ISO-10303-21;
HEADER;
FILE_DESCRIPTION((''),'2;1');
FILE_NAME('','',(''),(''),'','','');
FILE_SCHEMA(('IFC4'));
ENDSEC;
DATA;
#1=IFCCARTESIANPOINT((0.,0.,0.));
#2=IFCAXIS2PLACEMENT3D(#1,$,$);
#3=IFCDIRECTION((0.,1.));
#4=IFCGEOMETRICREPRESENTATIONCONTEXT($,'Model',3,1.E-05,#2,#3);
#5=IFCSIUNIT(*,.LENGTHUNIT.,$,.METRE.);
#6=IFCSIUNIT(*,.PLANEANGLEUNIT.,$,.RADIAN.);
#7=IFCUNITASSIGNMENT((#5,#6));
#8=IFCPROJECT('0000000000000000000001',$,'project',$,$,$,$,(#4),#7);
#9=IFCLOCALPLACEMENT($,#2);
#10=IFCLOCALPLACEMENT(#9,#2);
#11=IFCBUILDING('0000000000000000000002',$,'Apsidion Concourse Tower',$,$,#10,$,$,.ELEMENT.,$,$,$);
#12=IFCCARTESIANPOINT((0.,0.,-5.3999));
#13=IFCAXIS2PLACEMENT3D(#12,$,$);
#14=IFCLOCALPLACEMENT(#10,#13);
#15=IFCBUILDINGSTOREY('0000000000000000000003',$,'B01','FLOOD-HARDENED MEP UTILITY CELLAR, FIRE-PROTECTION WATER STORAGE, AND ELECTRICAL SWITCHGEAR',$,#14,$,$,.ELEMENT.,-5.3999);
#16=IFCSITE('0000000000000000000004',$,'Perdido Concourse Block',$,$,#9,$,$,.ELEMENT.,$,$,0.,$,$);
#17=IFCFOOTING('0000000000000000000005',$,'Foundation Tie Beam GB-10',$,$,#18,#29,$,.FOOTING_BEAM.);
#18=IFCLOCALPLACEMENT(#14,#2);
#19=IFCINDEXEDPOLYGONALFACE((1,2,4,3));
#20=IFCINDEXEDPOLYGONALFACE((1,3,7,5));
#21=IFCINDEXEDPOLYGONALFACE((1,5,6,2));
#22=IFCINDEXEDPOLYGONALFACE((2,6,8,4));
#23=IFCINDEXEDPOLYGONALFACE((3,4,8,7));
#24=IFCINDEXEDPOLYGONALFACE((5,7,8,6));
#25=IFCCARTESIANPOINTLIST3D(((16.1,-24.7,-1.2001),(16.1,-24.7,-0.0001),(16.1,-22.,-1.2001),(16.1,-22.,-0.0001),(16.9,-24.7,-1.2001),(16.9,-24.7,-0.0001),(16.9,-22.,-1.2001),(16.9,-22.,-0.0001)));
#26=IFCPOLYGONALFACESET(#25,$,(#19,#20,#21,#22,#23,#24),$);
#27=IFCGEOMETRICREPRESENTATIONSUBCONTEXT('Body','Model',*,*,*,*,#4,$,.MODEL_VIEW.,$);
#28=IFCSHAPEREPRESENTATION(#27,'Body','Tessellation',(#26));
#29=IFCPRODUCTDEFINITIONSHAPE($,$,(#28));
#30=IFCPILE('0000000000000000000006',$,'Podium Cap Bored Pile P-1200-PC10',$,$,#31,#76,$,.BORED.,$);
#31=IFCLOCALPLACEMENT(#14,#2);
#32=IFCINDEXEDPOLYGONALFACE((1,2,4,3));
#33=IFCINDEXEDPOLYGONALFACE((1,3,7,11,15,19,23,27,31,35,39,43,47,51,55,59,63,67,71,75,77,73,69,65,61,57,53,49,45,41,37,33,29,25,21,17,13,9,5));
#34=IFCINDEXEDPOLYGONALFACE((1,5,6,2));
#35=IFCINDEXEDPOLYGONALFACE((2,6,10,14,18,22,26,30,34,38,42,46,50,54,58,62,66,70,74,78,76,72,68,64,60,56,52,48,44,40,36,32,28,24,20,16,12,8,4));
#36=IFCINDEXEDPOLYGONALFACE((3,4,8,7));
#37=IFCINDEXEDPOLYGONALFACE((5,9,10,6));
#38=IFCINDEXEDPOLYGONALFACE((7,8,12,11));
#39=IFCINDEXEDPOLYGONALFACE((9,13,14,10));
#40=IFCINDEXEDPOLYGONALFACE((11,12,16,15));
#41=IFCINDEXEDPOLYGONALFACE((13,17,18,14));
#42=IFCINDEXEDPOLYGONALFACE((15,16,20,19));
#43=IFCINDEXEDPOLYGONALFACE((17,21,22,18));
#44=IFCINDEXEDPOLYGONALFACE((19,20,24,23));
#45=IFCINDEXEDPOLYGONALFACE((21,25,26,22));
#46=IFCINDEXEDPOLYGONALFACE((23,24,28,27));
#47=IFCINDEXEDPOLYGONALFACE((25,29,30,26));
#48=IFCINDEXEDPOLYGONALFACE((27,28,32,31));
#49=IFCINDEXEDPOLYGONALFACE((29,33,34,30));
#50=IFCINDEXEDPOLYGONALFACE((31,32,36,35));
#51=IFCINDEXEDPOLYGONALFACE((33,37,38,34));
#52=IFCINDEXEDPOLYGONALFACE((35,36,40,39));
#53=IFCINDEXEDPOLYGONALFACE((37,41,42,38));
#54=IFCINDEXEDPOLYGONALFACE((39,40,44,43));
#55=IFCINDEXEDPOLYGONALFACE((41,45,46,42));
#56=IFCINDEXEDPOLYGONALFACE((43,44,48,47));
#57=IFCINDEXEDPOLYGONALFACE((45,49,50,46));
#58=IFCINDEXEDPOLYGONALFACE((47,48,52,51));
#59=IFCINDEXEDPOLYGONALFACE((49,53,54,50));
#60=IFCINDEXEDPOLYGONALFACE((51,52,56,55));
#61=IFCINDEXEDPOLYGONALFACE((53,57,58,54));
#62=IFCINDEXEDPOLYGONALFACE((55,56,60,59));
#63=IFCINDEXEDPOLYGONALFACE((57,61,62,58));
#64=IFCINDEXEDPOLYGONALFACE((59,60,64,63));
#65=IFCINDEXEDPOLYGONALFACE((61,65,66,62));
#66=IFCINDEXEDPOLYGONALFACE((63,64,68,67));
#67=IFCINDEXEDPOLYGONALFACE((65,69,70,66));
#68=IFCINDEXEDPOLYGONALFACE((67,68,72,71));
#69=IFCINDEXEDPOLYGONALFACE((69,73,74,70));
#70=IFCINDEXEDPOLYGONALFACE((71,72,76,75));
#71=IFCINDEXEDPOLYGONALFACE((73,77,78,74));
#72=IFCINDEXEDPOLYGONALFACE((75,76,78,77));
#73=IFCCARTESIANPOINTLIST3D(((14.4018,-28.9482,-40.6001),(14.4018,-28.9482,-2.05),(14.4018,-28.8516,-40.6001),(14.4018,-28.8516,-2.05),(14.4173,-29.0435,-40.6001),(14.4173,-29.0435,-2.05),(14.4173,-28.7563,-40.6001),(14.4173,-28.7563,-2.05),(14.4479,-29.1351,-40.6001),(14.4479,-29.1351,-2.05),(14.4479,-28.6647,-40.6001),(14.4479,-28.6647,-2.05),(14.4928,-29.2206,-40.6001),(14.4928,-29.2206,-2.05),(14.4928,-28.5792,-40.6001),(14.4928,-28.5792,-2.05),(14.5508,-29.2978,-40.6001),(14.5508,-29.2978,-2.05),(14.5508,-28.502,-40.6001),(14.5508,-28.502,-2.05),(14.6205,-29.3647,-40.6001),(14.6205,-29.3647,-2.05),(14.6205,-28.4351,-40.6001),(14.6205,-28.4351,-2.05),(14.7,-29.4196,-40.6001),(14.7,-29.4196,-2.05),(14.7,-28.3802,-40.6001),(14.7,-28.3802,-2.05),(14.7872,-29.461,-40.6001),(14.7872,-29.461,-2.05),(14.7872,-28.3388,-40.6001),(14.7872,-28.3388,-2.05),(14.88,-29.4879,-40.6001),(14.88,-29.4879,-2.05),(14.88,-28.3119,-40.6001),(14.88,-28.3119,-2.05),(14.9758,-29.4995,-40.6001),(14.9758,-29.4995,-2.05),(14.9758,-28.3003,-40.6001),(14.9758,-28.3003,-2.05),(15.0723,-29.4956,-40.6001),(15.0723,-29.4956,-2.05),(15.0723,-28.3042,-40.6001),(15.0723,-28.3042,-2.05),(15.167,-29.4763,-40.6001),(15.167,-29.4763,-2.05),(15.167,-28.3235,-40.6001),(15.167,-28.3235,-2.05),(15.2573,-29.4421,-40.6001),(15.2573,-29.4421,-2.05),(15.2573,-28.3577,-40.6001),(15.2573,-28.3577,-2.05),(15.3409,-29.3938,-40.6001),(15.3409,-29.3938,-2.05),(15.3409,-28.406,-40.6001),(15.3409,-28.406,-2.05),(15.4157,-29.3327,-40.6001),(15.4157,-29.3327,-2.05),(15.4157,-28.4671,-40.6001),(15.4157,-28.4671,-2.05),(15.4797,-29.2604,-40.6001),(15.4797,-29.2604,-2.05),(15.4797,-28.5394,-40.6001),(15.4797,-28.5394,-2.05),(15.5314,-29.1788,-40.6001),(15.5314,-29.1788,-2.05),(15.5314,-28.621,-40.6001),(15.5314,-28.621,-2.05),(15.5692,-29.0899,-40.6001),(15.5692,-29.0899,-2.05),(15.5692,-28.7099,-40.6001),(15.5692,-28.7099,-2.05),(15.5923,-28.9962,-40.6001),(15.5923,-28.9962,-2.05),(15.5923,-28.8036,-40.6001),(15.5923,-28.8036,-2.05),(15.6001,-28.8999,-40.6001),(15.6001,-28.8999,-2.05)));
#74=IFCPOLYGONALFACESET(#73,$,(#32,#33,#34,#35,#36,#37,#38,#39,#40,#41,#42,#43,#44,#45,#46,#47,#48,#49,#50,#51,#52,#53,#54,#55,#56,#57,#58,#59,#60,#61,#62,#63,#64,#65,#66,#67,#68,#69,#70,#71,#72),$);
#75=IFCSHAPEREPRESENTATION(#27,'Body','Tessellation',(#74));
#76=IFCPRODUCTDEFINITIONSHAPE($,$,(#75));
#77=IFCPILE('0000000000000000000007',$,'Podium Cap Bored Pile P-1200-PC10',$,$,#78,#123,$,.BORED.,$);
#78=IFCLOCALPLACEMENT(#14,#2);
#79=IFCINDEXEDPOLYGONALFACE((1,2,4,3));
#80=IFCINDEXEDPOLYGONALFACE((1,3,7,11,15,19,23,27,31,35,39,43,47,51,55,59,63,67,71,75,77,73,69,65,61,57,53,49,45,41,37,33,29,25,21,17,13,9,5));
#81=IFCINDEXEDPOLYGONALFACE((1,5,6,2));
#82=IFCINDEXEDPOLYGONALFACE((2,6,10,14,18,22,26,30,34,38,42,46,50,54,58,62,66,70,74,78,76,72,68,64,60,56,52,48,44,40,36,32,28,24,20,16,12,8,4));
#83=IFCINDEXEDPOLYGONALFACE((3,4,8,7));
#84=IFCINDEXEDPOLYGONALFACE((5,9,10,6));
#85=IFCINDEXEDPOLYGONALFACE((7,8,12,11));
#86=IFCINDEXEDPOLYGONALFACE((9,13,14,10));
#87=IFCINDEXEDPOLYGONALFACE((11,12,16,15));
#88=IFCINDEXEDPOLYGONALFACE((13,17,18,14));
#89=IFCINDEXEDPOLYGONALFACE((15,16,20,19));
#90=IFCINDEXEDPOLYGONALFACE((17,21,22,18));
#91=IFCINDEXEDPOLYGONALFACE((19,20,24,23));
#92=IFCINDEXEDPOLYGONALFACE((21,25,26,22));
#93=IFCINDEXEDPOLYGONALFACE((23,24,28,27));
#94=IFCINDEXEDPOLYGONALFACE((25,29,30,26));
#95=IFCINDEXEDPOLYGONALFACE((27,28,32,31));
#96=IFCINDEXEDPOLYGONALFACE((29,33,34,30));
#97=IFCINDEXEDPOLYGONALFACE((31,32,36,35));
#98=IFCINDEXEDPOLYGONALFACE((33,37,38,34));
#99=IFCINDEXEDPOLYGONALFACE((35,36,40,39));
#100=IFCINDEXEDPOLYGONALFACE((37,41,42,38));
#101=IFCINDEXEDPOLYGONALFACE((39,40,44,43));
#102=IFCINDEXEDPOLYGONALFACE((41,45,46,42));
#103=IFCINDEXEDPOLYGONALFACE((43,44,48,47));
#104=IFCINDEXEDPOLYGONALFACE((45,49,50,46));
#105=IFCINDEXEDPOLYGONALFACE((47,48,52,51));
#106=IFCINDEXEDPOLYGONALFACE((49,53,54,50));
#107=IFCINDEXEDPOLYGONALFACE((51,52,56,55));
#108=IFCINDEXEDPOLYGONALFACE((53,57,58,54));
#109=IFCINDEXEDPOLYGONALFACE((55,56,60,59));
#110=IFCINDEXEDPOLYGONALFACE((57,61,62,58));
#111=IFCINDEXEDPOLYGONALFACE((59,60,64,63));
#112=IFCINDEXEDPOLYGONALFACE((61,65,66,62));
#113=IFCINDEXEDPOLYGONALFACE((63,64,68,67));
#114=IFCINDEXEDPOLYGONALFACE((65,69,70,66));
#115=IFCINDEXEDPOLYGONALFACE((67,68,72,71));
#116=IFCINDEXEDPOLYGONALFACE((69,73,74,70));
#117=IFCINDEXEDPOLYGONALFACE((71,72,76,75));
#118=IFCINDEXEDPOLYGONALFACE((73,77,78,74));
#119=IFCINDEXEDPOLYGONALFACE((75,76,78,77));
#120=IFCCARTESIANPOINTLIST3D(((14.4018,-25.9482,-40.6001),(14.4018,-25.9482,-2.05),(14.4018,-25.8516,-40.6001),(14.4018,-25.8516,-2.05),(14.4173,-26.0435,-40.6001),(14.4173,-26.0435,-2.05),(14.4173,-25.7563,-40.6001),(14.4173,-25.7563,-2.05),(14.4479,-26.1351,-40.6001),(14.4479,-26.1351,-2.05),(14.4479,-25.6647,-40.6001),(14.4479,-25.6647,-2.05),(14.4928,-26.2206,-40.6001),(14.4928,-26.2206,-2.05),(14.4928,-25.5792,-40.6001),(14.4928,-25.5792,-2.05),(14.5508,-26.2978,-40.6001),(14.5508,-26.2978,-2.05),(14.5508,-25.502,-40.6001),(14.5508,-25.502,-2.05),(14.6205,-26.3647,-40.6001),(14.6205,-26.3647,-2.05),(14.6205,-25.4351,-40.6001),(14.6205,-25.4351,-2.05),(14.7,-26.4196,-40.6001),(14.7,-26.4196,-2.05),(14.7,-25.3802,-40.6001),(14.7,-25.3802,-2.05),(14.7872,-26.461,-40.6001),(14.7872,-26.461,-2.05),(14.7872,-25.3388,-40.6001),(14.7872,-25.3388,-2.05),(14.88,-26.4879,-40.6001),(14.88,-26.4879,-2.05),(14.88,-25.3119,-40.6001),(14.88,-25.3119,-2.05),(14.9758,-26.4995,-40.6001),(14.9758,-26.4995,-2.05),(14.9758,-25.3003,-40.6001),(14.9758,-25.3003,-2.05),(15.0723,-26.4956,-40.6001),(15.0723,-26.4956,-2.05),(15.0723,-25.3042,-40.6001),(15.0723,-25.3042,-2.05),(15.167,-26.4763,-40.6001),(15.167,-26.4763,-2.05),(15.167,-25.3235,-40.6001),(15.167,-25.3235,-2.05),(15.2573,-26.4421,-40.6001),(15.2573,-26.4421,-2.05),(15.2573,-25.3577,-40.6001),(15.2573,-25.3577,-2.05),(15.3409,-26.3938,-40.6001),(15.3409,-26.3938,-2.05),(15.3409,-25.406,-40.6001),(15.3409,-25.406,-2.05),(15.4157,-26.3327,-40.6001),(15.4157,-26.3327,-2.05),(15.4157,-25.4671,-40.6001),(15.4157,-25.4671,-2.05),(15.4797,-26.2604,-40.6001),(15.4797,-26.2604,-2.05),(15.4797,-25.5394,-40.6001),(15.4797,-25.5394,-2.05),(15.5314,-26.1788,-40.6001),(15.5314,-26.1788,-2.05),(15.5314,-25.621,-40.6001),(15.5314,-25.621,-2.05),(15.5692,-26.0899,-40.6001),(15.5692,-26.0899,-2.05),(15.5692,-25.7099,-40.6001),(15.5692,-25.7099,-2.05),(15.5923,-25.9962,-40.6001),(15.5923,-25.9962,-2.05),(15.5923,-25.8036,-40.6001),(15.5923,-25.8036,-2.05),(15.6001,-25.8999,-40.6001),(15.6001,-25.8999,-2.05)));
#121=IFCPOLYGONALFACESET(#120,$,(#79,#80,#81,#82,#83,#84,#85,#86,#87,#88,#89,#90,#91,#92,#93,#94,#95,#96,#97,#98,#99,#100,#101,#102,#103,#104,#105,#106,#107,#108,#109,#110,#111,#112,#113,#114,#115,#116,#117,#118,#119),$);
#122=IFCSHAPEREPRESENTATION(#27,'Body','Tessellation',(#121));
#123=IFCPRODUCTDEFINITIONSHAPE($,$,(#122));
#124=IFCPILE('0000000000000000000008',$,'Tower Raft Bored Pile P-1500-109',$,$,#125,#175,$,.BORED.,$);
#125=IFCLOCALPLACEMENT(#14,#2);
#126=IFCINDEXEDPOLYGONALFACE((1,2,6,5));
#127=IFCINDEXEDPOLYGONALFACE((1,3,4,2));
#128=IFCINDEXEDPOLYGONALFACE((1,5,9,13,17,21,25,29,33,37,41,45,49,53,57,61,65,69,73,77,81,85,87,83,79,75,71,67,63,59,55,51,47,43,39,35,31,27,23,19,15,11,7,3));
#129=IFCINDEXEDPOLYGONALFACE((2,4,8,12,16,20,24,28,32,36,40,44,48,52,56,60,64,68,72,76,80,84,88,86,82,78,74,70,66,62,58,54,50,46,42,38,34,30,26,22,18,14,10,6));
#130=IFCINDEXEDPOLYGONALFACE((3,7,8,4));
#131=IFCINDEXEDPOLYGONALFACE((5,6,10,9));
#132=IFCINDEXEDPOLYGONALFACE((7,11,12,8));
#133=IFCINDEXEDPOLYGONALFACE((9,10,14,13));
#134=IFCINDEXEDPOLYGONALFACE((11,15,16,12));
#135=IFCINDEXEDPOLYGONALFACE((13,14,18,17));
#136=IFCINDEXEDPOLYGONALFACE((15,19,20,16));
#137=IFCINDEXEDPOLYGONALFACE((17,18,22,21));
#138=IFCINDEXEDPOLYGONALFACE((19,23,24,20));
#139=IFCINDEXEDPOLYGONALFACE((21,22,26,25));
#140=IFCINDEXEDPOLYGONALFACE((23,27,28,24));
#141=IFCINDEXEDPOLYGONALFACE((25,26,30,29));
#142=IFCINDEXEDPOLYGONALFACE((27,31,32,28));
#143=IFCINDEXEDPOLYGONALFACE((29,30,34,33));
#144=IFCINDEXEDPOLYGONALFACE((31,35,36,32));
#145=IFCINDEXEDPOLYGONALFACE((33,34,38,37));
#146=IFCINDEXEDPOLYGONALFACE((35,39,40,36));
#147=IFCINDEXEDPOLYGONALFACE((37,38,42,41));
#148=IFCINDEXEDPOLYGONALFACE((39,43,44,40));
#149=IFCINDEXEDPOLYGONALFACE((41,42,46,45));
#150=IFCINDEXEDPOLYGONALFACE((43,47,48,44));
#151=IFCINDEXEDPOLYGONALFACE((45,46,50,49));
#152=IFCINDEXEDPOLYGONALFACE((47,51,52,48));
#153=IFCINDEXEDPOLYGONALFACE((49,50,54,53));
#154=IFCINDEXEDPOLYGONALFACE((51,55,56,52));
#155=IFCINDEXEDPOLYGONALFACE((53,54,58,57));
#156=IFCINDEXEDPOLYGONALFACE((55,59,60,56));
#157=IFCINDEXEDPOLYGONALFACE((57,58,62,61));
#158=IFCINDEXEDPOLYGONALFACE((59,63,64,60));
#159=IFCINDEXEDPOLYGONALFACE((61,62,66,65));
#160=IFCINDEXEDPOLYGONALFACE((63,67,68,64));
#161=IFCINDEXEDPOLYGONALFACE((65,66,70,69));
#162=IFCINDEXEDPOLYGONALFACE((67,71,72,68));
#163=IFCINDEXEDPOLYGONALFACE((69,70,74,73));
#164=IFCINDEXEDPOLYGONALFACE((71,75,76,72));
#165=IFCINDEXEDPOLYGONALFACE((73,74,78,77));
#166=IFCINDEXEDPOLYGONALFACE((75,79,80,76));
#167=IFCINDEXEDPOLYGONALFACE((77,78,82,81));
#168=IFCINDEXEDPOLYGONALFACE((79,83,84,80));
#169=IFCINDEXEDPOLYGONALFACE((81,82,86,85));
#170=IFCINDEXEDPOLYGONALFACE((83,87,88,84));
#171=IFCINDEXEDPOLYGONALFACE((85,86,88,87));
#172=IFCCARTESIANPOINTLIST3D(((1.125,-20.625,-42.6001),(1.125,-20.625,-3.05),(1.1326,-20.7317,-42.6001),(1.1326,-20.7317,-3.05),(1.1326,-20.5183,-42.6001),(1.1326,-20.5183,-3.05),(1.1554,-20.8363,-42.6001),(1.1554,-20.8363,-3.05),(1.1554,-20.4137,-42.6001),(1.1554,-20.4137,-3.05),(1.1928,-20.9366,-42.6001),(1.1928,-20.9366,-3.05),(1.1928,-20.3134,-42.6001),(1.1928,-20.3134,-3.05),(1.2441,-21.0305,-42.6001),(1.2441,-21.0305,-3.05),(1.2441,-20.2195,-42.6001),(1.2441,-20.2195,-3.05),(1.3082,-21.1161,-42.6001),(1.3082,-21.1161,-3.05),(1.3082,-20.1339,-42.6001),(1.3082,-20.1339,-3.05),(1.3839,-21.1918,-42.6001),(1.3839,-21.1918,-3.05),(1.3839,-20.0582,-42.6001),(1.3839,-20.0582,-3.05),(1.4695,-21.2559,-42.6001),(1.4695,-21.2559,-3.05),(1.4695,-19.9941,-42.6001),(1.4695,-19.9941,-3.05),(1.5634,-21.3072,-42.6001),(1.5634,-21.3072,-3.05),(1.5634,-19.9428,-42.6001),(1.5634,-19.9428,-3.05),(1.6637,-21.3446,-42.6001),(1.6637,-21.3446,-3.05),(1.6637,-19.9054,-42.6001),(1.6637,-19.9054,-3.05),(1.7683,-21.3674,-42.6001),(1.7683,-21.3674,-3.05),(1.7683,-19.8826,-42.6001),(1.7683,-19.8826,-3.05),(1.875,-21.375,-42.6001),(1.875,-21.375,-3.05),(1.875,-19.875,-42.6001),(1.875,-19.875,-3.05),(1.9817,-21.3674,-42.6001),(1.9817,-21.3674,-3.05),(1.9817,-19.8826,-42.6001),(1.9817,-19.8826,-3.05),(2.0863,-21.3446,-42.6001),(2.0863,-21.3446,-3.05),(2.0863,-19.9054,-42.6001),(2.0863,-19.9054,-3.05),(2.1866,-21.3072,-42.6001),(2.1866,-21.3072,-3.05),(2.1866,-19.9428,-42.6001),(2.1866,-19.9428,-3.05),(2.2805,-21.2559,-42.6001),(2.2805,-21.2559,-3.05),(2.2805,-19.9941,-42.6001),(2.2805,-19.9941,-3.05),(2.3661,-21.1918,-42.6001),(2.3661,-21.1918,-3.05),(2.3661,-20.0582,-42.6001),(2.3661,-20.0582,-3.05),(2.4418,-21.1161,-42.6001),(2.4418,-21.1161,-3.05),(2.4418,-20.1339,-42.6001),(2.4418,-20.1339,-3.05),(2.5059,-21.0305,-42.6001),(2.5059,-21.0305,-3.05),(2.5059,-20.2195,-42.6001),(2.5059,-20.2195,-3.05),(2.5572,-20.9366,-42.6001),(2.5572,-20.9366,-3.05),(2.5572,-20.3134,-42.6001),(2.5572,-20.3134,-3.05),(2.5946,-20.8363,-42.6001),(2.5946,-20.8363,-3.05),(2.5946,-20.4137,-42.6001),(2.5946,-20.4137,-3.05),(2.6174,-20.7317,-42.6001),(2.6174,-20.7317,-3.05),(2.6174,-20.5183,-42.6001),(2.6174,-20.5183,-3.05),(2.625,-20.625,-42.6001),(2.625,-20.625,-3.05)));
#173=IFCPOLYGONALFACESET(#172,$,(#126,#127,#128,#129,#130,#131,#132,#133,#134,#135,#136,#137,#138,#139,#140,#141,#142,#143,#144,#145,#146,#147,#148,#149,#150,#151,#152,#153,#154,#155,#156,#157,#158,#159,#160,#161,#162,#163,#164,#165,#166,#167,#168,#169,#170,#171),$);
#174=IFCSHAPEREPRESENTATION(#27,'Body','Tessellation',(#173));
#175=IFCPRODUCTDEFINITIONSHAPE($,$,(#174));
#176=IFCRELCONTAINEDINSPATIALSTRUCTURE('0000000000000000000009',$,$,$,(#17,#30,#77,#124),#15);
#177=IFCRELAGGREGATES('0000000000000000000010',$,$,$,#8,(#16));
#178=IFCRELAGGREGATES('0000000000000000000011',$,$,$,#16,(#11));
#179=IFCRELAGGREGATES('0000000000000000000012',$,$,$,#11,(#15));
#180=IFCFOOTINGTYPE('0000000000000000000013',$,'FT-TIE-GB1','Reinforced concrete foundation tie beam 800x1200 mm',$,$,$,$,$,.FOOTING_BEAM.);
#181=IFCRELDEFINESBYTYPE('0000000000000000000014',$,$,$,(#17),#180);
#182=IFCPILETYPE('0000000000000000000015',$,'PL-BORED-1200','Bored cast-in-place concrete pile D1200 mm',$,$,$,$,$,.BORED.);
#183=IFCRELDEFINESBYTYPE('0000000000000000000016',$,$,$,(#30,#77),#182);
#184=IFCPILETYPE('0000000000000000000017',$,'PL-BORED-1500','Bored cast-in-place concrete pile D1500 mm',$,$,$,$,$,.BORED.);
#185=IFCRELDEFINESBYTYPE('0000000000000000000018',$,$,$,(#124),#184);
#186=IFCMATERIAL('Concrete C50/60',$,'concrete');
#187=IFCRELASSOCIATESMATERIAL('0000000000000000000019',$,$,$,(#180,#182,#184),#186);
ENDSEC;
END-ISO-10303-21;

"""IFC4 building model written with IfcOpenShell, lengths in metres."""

from ifc_helpers import new_model, si_unit, direction, frame, origin, origin_2d, place, context, subcontext, project, spatial, rectangle, circle, extrude, material, material_profile, profile_set, type_object, element, save


model = new_model("IFC4")

# Units and contexts
model_context = context("Model", 3, precision=1e-05, world=origin(), true_north=direction((0.0, 1.0)))
body_context = subcontext(model_context, "Body", "Model", "MODEL_VIEW")
ifc_project = project(units=[si_unit("LENGTHUNIT", "METRE"), si_unit("PLANEANGLEUNIT", "RADIAN")], contexts=[model_context])

# Site, building, storey
site_placement = place(None, origin())
site = spatial("IfcSite", under=ifc_project, at=site_placement, Name="Perdido Concourse Block", CompositionType="ELEMENT", RefElevation=0.0)
building_placement = place(site_placement, origin())
building = spatial("IfcBuilding", under=site, at=building_placement, Name="Apsidion Concourse Tower", CompositionType="ELEMENT")
storey_placement = place(building_placement, frame((0.0, 0.0, -5.3999)))
storey = spatial("IfcBuildingStorey", under=building, at=storey_placement, Name="B01", Description="FLOOD-HARDENED MEP UTILITY CELLAR, FIRE-PROTECTION WATER STORAGE, AND ELECTRICAL SWITCHGEAR", CompositionType="ELEMENT", Elevation=-5.3999)

# Footing
ifc_material_1 = material(Name="Concrete C50/60", Category="concrete")
ifc_material_profile_1 = material_profile(ifc_material_1, rectangle(XDim=0.8, YDim=1.2, at=origin_2d()), Name="RC 800x1200")
ifc_profile_set_1 = profile_set([ifc_material_profile_1], Name="Concrete C50/60")
footing_type = type_object("IfcFootingType", Name="FT-TIE-GB1", Description="Reinforced concrete foundation tie beam 800x1200 mm", PredefinedType="FOOTING_BEAM", material=ifc_profile_set_1)
footing_placement = place(storey_placement, frame((16.5, -24.7, -0.6001), z_axis=(0.0, 1.0, 0.0), x_axis=(-1.0, 0.0, 0.0)))
element("IfcFooting", 1, at=footing_placement, inside=storey, type_object=footing_type, Name="Foundation Tie Beam GB-10", PredefinedType="FOOTING_BEAM", context=body_context, shape_type="SweptSolid", body=[
    extrude(rectangle(XDim=0.8, YDim=1.2, at=origin_2d()), origin(), (0.0, 0.0, 1.0), 2.7),
])

# Piles
ifc_material_profile_2 = material_profile(ifc_material_1, circle(Radius=0.6001, at=origin_2d()), Name="BORED PILE D1200")
ifc_profile_set_2 = profile_set([ifc_material_profile_2], Name="Concrete C50/60")
pile_type_1 = type_object("IfcPileType", Name="PL-BORED-1200", Description="Bored cast-in-place concrete pile D1200 mm", PredefinedType="BORED", material=ifc_profile_set_2)
for number, where, z_axis, x_axis, name in (
    (2, (15.0, -28.8999, -2.05), (0.0, 0.0, -1.0), (1.0, 0.0, 0.0), "Podium Cap Bored Pile P-1200-PC10"),
    (3, (15.0, -25.8999, -2.05), (0.0, 0.0, -1.0), (1.0, 0.0, 0.0), "Podium Cap Bored Pile P-1200-PC10"),
):
    element("IfcPile", number, at=place(storey_placement, frame(where, z_axis=z_axis, x_axis=x_axis)), inside=storey, type_object=pile_type_1, Name=name, PredefinedType="BORED", context=body_context, shape_type="SweptSolid", body=[
        extrude(circle(Radius=0.6001, at=origin_2d()), origin(), (0.0, 0.0, 1.0), 38.55),
    ])
ifc_material_profile_3 = material_profile(ifc_material_1, circle(Radius=0.75, at=origin_2d()), Name="BORED PILE D1500")
ifc_profile_set_3 = profile_set([ifc_material_profile_3], Name="Concrete C50/60")
pile_type_2 = type_object("IfcPileType", Name="PL-BORED-1500", Description="Bored cast-in-place concrete pile D1500 mm", PredefinedType="BORED", material=ifc_profile_set_3)
for number, where, z_axis, x_axis, name in (
    (4, (1.875, -20.625, -3.05), (0.0, 0.0, -1.0), (1.0, 0.0, 0.0), "Tower Raft Bored Pile P-1500-109"),
):
    element("IfcPile", number, at=place(storey_placement, frame(where, z_axis=z_axis, x_axis=x_axis)), inside=storey, type_object=pile_type_2, Name=name, PredefinedType="BORED", context=body_context, shape_type="SweptSolid", body=[
        extrude(circle(Radius=0.75, at=origin_2d()), origin(), (0.0, 0.0, 1.0), 39.55),
    ])

save(model, "model.ifc")
